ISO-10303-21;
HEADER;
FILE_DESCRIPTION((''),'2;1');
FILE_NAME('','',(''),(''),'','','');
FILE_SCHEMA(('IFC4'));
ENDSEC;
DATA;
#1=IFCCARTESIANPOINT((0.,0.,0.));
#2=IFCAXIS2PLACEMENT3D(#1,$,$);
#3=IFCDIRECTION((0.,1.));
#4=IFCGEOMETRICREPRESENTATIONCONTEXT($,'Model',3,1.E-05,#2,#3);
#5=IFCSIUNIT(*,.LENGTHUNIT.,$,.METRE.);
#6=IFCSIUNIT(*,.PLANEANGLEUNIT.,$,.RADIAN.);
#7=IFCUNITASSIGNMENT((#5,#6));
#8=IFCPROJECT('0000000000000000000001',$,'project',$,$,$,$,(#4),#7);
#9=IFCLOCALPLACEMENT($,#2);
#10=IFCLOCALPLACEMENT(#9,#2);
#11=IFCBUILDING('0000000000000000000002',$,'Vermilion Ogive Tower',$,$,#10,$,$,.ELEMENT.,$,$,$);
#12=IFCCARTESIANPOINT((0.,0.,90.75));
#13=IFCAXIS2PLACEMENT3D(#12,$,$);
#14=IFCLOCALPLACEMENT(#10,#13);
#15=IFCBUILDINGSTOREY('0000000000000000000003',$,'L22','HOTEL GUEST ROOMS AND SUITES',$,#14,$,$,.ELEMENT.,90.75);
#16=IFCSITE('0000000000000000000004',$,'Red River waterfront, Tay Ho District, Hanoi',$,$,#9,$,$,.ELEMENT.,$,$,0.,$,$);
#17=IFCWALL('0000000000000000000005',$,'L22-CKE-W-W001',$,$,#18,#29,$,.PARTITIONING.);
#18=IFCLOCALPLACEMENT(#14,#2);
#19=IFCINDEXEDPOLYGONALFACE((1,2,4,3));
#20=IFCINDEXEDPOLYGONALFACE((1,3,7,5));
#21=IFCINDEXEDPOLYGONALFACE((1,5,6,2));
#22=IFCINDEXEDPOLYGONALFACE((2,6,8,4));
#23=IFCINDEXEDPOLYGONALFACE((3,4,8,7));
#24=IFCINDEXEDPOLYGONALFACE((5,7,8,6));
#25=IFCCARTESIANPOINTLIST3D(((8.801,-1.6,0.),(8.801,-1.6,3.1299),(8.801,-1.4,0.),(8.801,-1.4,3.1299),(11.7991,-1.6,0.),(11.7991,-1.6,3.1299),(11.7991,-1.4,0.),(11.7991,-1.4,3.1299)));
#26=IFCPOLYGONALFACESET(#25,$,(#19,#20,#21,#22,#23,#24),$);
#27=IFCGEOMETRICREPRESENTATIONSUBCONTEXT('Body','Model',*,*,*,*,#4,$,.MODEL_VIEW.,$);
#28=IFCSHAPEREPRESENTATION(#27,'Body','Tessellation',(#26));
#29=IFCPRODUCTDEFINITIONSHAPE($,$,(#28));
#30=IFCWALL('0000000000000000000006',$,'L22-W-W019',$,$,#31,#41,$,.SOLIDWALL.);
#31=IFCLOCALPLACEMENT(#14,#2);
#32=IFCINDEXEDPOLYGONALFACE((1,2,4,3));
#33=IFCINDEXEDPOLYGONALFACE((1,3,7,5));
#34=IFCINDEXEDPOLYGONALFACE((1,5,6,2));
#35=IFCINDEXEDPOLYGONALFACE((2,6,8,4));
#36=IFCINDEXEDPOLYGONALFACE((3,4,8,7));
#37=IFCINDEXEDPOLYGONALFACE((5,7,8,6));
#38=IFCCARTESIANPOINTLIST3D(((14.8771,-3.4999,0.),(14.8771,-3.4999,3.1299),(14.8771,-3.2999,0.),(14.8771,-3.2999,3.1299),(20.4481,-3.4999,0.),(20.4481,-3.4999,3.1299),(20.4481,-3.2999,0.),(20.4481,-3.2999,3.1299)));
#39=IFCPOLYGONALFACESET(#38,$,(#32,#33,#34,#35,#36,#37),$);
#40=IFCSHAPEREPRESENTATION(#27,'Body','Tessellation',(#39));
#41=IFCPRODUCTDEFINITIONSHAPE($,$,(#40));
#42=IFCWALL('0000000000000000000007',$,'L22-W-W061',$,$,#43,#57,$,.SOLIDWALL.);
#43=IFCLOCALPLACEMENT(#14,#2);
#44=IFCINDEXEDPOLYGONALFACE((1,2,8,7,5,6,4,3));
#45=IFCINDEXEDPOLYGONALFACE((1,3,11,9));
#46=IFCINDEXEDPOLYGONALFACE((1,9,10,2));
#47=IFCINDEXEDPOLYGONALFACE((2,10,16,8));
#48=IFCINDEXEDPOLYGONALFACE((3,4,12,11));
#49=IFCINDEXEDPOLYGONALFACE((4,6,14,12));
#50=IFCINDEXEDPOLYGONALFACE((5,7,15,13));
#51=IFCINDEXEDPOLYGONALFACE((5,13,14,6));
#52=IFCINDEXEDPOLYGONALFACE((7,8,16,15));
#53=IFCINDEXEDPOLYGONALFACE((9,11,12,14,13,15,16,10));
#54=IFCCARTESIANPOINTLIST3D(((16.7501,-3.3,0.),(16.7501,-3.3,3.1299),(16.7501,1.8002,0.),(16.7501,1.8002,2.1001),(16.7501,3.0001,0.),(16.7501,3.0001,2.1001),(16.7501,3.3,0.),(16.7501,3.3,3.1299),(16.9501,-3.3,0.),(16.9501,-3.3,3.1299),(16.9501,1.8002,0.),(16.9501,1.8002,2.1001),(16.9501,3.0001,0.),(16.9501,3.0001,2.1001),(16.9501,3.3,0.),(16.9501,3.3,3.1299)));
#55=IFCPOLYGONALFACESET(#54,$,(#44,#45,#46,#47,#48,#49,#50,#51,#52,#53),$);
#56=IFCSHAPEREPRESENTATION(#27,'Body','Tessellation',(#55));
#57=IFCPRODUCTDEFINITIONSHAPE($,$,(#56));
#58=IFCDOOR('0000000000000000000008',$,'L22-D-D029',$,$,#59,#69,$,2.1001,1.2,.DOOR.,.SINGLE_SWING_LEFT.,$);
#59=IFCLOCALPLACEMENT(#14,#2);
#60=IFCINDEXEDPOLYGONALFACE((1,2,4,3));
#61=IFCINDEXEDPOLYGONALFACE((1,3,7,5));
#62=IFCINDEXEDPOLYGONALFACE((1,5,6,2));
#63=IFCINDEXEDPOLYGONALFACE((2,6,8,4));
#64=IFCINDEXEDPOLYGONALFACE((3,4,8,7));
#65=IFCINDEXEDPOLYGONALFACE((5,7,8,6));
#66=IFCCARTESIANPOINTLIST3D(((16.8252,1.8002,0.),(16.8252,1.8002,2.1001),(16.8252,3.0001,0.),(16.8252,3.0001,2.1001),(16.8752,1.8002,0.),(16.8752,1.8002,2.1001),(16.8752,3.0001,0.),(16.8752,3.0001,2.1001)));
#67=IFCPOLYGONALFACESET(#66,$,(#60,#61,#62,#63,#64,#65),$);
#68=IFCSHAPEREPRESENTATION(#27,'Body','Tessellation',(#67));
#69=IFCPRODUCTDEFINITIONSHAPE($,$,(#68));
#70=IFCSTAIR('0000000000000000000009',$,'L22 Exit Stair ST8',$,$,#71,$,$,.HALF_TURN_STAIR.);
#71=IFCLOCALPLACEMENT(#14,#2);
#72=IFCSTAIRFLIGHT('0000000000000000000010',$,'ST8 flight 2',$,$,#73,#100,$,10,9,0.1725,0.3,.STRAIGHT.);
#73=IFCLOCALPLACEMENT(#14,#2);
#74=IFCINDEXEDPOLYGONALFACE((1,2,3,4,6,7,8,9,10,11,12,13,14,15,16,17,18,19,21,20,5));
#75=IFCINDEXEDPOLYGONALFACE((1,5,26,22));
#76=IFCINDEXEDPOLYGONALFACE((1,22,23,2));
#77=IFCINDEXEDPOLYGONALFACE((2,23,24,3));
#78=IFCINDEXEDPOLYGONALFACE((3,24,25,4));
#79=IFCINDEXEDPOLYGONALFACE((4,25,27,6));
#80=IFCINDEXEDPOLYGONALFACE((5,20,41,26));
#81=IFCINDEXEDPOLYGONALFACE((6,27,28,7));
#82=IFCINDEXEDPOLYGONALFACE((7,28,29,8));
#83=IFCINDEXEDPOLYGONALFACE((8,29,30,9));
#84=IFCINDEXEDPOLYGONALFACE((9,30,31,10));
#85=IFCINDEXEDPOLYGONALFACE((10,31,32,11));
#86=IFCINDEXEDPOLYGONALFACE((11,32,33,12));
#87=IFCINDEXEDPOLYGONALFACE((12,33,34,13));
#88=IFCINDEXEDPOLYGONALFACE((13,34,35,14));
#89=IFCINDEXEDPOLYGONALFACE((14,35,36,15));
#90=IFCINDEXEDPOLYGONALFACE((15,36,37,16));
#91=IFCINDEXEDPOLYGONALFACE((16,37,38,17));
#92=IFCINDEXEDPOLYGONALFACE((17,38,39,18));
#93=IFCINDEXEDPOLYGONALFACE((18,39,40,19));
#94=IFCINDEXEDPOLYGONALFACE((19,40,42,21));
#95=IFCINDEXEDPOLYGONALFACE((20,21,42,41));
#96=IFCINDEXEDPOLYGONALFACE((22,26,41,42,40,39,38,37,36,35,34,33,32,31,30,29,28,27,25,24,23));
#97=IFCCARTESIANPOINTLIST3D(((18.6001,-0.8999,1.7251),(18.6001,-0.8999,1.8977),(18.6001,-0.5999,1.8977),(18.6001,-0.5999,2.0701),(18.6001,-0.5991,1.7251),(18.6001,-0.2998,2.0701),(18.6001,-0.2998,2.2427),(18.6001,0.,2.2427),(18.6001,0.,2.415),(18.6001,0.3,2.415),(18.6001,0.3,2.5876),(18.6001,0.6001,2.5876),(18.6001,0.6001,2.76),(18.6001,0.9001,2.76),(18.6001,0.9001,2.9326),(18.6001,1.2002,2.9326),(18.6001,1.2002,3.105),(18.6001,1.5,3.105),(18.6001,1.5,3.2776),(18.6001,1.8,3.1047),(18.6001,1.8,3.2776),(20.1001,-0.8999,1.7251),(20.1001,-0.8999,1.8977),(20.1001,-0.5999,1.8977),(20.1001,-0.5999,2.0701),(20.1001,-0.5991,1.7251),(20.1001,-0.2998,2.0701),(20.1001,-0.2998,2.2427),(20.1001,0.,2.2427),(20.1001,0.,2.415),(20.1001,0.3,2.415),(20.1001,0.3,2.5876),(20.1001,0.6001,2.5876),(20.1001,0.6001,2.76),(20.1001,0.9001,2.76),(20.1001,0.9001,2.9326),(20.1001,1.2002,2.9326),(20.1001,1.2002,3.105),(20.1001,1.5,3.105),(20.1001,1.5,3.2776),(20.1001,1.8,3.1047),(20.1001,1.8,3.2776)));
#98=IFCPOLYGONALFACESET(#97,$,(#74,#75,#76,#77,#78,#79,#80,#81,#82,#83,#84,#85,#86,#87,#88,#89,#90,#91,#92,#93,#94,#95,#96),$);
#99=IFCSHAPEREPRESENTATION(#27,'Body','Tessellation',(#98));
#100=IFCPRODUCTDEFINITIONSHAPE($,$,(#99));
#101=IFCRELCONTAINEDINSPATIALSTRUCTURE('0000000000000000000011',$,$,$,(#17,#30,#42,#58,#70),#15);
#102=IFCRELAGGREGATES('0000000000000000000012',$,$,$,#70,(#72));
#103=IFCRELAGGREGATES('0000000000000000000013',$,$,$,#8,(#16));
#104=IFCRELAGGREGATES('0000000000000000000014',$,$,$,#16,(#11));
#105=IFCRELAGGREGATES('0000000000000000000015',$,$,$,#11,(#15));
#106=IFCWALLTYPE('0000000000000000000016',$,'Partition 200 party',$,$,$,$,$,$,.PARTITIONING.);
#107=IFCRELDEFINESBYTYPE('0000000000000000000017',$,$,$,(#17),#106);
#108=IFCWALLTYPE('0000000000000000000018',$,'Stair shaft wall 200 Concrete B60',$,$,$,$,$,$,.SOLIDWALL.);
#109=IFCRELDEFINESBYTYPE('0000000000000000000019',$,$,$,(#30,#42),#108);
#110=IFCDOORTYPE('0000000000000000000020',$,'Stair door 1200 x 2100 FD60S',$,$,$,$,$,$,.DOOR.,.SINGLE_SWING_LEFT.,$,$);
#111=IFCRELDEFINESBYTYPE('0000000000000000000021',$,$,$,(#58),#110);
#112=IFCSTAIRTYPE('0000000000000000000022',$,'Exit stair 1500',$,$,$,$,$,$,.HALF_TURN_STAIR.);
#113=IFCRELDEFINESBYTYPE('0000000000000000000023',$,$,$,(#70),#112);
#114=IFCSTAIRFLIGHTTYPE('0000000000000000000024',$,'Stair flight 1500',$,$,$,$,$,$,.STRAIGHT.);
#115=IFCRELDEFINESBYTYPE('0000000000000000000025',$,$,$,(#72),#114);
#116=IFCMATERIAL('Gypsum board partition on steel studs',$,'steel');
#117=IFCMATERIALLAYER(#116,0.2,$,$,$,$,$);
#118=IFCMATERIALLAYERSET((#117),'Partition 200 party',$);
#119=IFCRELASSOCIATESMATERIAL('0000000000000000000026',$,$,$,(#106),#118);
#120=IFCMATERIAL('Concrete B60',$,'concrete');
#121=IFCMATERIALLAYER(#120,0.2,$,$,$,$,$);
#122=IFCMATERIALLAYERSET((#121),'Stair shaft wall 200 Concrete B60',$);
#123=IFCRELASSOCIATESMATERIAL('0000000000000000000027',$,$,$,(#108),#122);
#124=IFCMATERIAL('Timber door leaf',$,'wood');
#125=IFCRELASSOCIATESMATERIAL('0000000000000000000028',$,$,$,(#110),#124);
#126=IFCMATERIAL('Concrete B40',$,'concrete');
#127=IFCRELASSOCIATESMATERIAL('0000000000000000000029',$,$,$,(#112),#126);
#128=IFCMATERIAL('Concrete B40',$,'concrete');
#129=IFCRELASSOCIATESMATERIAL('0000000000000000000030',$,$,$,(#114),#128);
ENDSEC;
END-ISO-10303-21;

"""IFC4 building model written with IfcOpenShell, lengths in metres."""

from ifc_helpers import new_model, si_unit, direction, frame, frame_2d, origin, place, context, subcontext, project, spatial, polyline, rectangle, outline, extrude, material, layer, layer_set, type_object, element, fill, aggregate, save


model = new_model("IFC4")

# Units and contexts
model_context = context("Model", 3, precision=1e-05, world=origin(), true_north=direction((0.0, 1.0)))
body_context = subcontext(model_context, "Body", "Model", "MODEL_VIEW")
ifc_project = project(units=[si_unit("LENGTHUNIT", "METRE"), si_unit("PLANEANGLEUNIT", "RADIAN")], contexts=[model_context])

# Site, building, storey
site_placement = place(None, origin())
site = spatial("IfcSite", under=ifc_project, at=site_placement, Name="Red River waterfront, Tay Ho District, Hanoi", CompositionType="ELEMENT", RefElevation=0.0)
building_placement = place(site_placement, origin())
building = spatial("IfcBuilding", under=site, at=building_placement, Name="Vermilion Ogive Tower", CompositionType="ELEMENT")
storey_placement = place(building_placement, frame((0.0, 0.0, 90.75)))
storey = spatial("IfcBuildingStorey", under=building, at=storey_placement, Name="L22", Description="HOTEL GUEST ROOMS AND SUITES", CompositionType="ELEMENT", Elevation=90.75)

# Walls
ifc_material_1 = material(Name="Gypsum board partition on steel studs", Category="steel")
ifc_layer_1 = layer(ifc_material_1, 0.2)
ifc_layer_set_1 = layer_set([ifc_layer_1], Name="Partition 200 party")
wall_type_1 = type_object("IfcWallType", Name="Partition 200 party", PredefinedType="PARTITIONING", material=ifc_layer_set_1)
wall_1_placement = place(storey_placement, frame((8.801, -1.5, 0.0), z_axis=(0.0, 0.0, 1.0), x_axis=(1.0, 0.0, 0.0)))
element("IfcWall", 1, at=wall_1_placement, inside=storey, type_object=wall_type_1, Name="L22-CKE-W-W001", PredefinedType="PARTITIONING", context=body_context, shape_type="SweptSolid", body=[
    extrude(rectangle(XDim=2.998, YDim=0.2, at=frame_2d((1.499, 0.0))), origin(), (0.0, 0.0, 1.0), 3.1299),
])
ifc_material_2 = material(Name="Concrete B60", Category="concrete")
ifc_layer_2 = layer(ifc_material_2, 0.2)
ifc_layer_set_2 = layer_set([ifc_layer_2], Name="Stair shaft wall 200 Concrete B60")
wall_type_2 = type_object("IfcWallType", Name="Stair shaft wall 200 Concrete B60", PredefinedType="SOLIDWALL", material=ifc_layer_set_2)
wall_2_placement = place(storey_placement, frame((14.877, -3.3999, 0.0), z_axis=(0.0, 0.0, 1.0), x_axis=(1.0, 0.0, 0.0)))
element("IfcWall", 2, at=wall_2_placement, inside=storey, type_object=wall_type_2, Name="L22-W-W019", PredefinedType="SOLIDWALL", context=body_context, shape_type="SweptSolid", body=[
    extrude(rectangle(XDim=5.571, YDim=0.2, at=frame_2d((2.7856, 0.0))), origin(), (0.0, 0.0, 1.0), 3.1299),
])

# Wall, opening, door
wall_3_placement = place(storey_placement, frame((16.8501, -3.3, 0.0), z_axis=(0.0, 0.0, 1.0), x_axis=(0.0, 1.0, 0.0)))
wall_3 = element("IfcWall", 3, at=wall_3_placement, inside=storey, type_object=wall_type_2, Name="L22-W-W061", PredefinedType="SOLIDWALL", context=body_context, shape_type="SweptSolid", body=[
    extrude(rectangle(XDim=6.6001, YDim=0.2, at=frame_2d((3.3, 0.0))), origin(), (0.0, 0.0, 1.0), 3.1299),
])
opening_1_placement = place(wall_3_placement, frame((5.1001, 0.0, 0.0)))
opening_1 = element("IfcOpeningElement", 4, at=opening_1_placement, cuts=wall_3, PredefinedType="OPENING", context=body_context, shape_type="SweptSolid", body=[
    extrude(rectangle(XDim=1.2, YDim=2.1001, at=frame_2d((0.6001, 1.05))), frame((0.0, 0.1099, 0.0), z_axis=(0.0, -1.0, 0.0), x_axis=(1.0, 0.0, 0.0)), (0.0, 0.0, 1.0), 0.22),
])
ifc_material_3 = material(Name="Timber door leaf", Category="wood")
door_type_1 = type_object("IfcDoorType", Name="Stair door 1200 x 2100 FD60S", OperationType="SINGLE_SWING_LEFT", PredefinedType="DOOR", material=ifc_material_3)
door_1_placement = place(opening_1_placement, origin())
door_1 = element("IfcDoor", 5, at=door_1_placement, inside=storey, type_object=door_type_1, Name="L22-D-D029", OperationType="SINGLE_SWING_LEFT", OverallHeight=2.1001, OverallWidth=1.2, PredefinedType="DOOR", context=body_context, shape_type="SweptSolid", body=[
    extrude(rectangle(XDim=1.2, YDim=2.1001, at=frame_2d((0.6001, 1.05))), frame((0.0, 0.0249, 0.0), z_axis=(0.0, -1.0, 0.0), x_axis=(1.0, 0.0, 0.0)), (0.0, 0.0, 1.0), 0.05),
])
fill(opening_1, door_1)

# Stair, stair flight
ifc_material_4 = material(Name="Concrete B40", Category="concrete")
stair_type = type_object("IfcStairType", Name="Exit stair 1500", PredefinedType="HALF_TURN_STAIR", material=ifc_material_4)
stair_placement = place(storey_placement, origin())
stair = element("IfcStair", 6, at=stair_placement, inside=storey, type_object=stair_type, Name="L22 Exit Stair ST8", PredefinedType="HALF_TURN_STAIR")
ifc_material_5 = material(Name="Concrete B40", Category="concrete")
stair_flight_type = type_object("IfcStairFlightType", Name="Stair flight 1500", PredefinedType="STRAIGHT", material=ifc_material_5)
stair_flight_placement = place(storey_placement, frame((19.3501, -0.8999, 1.7251), z_axis=(0.0, 0.0, 1.0), x_axis=(0.0, 1.0, 0.0)))
stair_flight = element("IfcStairFlight", 7, at=stair_flight_placement, type_object=stair_flight_type, Name="ST8 flight 2", NumberOfRisers=10, NumberOfTreads=9, PredefinedType="STRAIGHT", RiserHeight=0.1725, TreadLength=0.3, context=body_context, shape_type="SweptSolid", body=[
    extrude(outline(polyline([(0.0, 0.0), (0.0, 0.1726), (0.3, 0.1726), (0.3, 0.345), (0.6001, 0.345), (0.6001, 0.5176), (0.8999, 0.5176), (0.8999, 0.6899), (1.2, 0.6899), (1.2, 0.8625), (1.5, 0.8625), (1.5, 1.0349), (1.8, 1.0349), (1.8, 1.2075), (2.1001, 1.2075), (2.1001, 1.3799), (2.3999, 1.3799), (2.3999, 1.5525), (2.7, 1.5525), (2.7, 1.7251), (2.7, 1.3796), (0.3008, 0.0), (0.0, 0.0)])), frame((0.0, 0.75, 0.0), z_axis=(0.0, -1.0, 0.0), x_axis=(1.0, 0.0, 0.0)), (0.0, 0.0, 1.0), 1.5),
])
aggregate(stair, [stair_flight])

save(model, "model.ifc")
